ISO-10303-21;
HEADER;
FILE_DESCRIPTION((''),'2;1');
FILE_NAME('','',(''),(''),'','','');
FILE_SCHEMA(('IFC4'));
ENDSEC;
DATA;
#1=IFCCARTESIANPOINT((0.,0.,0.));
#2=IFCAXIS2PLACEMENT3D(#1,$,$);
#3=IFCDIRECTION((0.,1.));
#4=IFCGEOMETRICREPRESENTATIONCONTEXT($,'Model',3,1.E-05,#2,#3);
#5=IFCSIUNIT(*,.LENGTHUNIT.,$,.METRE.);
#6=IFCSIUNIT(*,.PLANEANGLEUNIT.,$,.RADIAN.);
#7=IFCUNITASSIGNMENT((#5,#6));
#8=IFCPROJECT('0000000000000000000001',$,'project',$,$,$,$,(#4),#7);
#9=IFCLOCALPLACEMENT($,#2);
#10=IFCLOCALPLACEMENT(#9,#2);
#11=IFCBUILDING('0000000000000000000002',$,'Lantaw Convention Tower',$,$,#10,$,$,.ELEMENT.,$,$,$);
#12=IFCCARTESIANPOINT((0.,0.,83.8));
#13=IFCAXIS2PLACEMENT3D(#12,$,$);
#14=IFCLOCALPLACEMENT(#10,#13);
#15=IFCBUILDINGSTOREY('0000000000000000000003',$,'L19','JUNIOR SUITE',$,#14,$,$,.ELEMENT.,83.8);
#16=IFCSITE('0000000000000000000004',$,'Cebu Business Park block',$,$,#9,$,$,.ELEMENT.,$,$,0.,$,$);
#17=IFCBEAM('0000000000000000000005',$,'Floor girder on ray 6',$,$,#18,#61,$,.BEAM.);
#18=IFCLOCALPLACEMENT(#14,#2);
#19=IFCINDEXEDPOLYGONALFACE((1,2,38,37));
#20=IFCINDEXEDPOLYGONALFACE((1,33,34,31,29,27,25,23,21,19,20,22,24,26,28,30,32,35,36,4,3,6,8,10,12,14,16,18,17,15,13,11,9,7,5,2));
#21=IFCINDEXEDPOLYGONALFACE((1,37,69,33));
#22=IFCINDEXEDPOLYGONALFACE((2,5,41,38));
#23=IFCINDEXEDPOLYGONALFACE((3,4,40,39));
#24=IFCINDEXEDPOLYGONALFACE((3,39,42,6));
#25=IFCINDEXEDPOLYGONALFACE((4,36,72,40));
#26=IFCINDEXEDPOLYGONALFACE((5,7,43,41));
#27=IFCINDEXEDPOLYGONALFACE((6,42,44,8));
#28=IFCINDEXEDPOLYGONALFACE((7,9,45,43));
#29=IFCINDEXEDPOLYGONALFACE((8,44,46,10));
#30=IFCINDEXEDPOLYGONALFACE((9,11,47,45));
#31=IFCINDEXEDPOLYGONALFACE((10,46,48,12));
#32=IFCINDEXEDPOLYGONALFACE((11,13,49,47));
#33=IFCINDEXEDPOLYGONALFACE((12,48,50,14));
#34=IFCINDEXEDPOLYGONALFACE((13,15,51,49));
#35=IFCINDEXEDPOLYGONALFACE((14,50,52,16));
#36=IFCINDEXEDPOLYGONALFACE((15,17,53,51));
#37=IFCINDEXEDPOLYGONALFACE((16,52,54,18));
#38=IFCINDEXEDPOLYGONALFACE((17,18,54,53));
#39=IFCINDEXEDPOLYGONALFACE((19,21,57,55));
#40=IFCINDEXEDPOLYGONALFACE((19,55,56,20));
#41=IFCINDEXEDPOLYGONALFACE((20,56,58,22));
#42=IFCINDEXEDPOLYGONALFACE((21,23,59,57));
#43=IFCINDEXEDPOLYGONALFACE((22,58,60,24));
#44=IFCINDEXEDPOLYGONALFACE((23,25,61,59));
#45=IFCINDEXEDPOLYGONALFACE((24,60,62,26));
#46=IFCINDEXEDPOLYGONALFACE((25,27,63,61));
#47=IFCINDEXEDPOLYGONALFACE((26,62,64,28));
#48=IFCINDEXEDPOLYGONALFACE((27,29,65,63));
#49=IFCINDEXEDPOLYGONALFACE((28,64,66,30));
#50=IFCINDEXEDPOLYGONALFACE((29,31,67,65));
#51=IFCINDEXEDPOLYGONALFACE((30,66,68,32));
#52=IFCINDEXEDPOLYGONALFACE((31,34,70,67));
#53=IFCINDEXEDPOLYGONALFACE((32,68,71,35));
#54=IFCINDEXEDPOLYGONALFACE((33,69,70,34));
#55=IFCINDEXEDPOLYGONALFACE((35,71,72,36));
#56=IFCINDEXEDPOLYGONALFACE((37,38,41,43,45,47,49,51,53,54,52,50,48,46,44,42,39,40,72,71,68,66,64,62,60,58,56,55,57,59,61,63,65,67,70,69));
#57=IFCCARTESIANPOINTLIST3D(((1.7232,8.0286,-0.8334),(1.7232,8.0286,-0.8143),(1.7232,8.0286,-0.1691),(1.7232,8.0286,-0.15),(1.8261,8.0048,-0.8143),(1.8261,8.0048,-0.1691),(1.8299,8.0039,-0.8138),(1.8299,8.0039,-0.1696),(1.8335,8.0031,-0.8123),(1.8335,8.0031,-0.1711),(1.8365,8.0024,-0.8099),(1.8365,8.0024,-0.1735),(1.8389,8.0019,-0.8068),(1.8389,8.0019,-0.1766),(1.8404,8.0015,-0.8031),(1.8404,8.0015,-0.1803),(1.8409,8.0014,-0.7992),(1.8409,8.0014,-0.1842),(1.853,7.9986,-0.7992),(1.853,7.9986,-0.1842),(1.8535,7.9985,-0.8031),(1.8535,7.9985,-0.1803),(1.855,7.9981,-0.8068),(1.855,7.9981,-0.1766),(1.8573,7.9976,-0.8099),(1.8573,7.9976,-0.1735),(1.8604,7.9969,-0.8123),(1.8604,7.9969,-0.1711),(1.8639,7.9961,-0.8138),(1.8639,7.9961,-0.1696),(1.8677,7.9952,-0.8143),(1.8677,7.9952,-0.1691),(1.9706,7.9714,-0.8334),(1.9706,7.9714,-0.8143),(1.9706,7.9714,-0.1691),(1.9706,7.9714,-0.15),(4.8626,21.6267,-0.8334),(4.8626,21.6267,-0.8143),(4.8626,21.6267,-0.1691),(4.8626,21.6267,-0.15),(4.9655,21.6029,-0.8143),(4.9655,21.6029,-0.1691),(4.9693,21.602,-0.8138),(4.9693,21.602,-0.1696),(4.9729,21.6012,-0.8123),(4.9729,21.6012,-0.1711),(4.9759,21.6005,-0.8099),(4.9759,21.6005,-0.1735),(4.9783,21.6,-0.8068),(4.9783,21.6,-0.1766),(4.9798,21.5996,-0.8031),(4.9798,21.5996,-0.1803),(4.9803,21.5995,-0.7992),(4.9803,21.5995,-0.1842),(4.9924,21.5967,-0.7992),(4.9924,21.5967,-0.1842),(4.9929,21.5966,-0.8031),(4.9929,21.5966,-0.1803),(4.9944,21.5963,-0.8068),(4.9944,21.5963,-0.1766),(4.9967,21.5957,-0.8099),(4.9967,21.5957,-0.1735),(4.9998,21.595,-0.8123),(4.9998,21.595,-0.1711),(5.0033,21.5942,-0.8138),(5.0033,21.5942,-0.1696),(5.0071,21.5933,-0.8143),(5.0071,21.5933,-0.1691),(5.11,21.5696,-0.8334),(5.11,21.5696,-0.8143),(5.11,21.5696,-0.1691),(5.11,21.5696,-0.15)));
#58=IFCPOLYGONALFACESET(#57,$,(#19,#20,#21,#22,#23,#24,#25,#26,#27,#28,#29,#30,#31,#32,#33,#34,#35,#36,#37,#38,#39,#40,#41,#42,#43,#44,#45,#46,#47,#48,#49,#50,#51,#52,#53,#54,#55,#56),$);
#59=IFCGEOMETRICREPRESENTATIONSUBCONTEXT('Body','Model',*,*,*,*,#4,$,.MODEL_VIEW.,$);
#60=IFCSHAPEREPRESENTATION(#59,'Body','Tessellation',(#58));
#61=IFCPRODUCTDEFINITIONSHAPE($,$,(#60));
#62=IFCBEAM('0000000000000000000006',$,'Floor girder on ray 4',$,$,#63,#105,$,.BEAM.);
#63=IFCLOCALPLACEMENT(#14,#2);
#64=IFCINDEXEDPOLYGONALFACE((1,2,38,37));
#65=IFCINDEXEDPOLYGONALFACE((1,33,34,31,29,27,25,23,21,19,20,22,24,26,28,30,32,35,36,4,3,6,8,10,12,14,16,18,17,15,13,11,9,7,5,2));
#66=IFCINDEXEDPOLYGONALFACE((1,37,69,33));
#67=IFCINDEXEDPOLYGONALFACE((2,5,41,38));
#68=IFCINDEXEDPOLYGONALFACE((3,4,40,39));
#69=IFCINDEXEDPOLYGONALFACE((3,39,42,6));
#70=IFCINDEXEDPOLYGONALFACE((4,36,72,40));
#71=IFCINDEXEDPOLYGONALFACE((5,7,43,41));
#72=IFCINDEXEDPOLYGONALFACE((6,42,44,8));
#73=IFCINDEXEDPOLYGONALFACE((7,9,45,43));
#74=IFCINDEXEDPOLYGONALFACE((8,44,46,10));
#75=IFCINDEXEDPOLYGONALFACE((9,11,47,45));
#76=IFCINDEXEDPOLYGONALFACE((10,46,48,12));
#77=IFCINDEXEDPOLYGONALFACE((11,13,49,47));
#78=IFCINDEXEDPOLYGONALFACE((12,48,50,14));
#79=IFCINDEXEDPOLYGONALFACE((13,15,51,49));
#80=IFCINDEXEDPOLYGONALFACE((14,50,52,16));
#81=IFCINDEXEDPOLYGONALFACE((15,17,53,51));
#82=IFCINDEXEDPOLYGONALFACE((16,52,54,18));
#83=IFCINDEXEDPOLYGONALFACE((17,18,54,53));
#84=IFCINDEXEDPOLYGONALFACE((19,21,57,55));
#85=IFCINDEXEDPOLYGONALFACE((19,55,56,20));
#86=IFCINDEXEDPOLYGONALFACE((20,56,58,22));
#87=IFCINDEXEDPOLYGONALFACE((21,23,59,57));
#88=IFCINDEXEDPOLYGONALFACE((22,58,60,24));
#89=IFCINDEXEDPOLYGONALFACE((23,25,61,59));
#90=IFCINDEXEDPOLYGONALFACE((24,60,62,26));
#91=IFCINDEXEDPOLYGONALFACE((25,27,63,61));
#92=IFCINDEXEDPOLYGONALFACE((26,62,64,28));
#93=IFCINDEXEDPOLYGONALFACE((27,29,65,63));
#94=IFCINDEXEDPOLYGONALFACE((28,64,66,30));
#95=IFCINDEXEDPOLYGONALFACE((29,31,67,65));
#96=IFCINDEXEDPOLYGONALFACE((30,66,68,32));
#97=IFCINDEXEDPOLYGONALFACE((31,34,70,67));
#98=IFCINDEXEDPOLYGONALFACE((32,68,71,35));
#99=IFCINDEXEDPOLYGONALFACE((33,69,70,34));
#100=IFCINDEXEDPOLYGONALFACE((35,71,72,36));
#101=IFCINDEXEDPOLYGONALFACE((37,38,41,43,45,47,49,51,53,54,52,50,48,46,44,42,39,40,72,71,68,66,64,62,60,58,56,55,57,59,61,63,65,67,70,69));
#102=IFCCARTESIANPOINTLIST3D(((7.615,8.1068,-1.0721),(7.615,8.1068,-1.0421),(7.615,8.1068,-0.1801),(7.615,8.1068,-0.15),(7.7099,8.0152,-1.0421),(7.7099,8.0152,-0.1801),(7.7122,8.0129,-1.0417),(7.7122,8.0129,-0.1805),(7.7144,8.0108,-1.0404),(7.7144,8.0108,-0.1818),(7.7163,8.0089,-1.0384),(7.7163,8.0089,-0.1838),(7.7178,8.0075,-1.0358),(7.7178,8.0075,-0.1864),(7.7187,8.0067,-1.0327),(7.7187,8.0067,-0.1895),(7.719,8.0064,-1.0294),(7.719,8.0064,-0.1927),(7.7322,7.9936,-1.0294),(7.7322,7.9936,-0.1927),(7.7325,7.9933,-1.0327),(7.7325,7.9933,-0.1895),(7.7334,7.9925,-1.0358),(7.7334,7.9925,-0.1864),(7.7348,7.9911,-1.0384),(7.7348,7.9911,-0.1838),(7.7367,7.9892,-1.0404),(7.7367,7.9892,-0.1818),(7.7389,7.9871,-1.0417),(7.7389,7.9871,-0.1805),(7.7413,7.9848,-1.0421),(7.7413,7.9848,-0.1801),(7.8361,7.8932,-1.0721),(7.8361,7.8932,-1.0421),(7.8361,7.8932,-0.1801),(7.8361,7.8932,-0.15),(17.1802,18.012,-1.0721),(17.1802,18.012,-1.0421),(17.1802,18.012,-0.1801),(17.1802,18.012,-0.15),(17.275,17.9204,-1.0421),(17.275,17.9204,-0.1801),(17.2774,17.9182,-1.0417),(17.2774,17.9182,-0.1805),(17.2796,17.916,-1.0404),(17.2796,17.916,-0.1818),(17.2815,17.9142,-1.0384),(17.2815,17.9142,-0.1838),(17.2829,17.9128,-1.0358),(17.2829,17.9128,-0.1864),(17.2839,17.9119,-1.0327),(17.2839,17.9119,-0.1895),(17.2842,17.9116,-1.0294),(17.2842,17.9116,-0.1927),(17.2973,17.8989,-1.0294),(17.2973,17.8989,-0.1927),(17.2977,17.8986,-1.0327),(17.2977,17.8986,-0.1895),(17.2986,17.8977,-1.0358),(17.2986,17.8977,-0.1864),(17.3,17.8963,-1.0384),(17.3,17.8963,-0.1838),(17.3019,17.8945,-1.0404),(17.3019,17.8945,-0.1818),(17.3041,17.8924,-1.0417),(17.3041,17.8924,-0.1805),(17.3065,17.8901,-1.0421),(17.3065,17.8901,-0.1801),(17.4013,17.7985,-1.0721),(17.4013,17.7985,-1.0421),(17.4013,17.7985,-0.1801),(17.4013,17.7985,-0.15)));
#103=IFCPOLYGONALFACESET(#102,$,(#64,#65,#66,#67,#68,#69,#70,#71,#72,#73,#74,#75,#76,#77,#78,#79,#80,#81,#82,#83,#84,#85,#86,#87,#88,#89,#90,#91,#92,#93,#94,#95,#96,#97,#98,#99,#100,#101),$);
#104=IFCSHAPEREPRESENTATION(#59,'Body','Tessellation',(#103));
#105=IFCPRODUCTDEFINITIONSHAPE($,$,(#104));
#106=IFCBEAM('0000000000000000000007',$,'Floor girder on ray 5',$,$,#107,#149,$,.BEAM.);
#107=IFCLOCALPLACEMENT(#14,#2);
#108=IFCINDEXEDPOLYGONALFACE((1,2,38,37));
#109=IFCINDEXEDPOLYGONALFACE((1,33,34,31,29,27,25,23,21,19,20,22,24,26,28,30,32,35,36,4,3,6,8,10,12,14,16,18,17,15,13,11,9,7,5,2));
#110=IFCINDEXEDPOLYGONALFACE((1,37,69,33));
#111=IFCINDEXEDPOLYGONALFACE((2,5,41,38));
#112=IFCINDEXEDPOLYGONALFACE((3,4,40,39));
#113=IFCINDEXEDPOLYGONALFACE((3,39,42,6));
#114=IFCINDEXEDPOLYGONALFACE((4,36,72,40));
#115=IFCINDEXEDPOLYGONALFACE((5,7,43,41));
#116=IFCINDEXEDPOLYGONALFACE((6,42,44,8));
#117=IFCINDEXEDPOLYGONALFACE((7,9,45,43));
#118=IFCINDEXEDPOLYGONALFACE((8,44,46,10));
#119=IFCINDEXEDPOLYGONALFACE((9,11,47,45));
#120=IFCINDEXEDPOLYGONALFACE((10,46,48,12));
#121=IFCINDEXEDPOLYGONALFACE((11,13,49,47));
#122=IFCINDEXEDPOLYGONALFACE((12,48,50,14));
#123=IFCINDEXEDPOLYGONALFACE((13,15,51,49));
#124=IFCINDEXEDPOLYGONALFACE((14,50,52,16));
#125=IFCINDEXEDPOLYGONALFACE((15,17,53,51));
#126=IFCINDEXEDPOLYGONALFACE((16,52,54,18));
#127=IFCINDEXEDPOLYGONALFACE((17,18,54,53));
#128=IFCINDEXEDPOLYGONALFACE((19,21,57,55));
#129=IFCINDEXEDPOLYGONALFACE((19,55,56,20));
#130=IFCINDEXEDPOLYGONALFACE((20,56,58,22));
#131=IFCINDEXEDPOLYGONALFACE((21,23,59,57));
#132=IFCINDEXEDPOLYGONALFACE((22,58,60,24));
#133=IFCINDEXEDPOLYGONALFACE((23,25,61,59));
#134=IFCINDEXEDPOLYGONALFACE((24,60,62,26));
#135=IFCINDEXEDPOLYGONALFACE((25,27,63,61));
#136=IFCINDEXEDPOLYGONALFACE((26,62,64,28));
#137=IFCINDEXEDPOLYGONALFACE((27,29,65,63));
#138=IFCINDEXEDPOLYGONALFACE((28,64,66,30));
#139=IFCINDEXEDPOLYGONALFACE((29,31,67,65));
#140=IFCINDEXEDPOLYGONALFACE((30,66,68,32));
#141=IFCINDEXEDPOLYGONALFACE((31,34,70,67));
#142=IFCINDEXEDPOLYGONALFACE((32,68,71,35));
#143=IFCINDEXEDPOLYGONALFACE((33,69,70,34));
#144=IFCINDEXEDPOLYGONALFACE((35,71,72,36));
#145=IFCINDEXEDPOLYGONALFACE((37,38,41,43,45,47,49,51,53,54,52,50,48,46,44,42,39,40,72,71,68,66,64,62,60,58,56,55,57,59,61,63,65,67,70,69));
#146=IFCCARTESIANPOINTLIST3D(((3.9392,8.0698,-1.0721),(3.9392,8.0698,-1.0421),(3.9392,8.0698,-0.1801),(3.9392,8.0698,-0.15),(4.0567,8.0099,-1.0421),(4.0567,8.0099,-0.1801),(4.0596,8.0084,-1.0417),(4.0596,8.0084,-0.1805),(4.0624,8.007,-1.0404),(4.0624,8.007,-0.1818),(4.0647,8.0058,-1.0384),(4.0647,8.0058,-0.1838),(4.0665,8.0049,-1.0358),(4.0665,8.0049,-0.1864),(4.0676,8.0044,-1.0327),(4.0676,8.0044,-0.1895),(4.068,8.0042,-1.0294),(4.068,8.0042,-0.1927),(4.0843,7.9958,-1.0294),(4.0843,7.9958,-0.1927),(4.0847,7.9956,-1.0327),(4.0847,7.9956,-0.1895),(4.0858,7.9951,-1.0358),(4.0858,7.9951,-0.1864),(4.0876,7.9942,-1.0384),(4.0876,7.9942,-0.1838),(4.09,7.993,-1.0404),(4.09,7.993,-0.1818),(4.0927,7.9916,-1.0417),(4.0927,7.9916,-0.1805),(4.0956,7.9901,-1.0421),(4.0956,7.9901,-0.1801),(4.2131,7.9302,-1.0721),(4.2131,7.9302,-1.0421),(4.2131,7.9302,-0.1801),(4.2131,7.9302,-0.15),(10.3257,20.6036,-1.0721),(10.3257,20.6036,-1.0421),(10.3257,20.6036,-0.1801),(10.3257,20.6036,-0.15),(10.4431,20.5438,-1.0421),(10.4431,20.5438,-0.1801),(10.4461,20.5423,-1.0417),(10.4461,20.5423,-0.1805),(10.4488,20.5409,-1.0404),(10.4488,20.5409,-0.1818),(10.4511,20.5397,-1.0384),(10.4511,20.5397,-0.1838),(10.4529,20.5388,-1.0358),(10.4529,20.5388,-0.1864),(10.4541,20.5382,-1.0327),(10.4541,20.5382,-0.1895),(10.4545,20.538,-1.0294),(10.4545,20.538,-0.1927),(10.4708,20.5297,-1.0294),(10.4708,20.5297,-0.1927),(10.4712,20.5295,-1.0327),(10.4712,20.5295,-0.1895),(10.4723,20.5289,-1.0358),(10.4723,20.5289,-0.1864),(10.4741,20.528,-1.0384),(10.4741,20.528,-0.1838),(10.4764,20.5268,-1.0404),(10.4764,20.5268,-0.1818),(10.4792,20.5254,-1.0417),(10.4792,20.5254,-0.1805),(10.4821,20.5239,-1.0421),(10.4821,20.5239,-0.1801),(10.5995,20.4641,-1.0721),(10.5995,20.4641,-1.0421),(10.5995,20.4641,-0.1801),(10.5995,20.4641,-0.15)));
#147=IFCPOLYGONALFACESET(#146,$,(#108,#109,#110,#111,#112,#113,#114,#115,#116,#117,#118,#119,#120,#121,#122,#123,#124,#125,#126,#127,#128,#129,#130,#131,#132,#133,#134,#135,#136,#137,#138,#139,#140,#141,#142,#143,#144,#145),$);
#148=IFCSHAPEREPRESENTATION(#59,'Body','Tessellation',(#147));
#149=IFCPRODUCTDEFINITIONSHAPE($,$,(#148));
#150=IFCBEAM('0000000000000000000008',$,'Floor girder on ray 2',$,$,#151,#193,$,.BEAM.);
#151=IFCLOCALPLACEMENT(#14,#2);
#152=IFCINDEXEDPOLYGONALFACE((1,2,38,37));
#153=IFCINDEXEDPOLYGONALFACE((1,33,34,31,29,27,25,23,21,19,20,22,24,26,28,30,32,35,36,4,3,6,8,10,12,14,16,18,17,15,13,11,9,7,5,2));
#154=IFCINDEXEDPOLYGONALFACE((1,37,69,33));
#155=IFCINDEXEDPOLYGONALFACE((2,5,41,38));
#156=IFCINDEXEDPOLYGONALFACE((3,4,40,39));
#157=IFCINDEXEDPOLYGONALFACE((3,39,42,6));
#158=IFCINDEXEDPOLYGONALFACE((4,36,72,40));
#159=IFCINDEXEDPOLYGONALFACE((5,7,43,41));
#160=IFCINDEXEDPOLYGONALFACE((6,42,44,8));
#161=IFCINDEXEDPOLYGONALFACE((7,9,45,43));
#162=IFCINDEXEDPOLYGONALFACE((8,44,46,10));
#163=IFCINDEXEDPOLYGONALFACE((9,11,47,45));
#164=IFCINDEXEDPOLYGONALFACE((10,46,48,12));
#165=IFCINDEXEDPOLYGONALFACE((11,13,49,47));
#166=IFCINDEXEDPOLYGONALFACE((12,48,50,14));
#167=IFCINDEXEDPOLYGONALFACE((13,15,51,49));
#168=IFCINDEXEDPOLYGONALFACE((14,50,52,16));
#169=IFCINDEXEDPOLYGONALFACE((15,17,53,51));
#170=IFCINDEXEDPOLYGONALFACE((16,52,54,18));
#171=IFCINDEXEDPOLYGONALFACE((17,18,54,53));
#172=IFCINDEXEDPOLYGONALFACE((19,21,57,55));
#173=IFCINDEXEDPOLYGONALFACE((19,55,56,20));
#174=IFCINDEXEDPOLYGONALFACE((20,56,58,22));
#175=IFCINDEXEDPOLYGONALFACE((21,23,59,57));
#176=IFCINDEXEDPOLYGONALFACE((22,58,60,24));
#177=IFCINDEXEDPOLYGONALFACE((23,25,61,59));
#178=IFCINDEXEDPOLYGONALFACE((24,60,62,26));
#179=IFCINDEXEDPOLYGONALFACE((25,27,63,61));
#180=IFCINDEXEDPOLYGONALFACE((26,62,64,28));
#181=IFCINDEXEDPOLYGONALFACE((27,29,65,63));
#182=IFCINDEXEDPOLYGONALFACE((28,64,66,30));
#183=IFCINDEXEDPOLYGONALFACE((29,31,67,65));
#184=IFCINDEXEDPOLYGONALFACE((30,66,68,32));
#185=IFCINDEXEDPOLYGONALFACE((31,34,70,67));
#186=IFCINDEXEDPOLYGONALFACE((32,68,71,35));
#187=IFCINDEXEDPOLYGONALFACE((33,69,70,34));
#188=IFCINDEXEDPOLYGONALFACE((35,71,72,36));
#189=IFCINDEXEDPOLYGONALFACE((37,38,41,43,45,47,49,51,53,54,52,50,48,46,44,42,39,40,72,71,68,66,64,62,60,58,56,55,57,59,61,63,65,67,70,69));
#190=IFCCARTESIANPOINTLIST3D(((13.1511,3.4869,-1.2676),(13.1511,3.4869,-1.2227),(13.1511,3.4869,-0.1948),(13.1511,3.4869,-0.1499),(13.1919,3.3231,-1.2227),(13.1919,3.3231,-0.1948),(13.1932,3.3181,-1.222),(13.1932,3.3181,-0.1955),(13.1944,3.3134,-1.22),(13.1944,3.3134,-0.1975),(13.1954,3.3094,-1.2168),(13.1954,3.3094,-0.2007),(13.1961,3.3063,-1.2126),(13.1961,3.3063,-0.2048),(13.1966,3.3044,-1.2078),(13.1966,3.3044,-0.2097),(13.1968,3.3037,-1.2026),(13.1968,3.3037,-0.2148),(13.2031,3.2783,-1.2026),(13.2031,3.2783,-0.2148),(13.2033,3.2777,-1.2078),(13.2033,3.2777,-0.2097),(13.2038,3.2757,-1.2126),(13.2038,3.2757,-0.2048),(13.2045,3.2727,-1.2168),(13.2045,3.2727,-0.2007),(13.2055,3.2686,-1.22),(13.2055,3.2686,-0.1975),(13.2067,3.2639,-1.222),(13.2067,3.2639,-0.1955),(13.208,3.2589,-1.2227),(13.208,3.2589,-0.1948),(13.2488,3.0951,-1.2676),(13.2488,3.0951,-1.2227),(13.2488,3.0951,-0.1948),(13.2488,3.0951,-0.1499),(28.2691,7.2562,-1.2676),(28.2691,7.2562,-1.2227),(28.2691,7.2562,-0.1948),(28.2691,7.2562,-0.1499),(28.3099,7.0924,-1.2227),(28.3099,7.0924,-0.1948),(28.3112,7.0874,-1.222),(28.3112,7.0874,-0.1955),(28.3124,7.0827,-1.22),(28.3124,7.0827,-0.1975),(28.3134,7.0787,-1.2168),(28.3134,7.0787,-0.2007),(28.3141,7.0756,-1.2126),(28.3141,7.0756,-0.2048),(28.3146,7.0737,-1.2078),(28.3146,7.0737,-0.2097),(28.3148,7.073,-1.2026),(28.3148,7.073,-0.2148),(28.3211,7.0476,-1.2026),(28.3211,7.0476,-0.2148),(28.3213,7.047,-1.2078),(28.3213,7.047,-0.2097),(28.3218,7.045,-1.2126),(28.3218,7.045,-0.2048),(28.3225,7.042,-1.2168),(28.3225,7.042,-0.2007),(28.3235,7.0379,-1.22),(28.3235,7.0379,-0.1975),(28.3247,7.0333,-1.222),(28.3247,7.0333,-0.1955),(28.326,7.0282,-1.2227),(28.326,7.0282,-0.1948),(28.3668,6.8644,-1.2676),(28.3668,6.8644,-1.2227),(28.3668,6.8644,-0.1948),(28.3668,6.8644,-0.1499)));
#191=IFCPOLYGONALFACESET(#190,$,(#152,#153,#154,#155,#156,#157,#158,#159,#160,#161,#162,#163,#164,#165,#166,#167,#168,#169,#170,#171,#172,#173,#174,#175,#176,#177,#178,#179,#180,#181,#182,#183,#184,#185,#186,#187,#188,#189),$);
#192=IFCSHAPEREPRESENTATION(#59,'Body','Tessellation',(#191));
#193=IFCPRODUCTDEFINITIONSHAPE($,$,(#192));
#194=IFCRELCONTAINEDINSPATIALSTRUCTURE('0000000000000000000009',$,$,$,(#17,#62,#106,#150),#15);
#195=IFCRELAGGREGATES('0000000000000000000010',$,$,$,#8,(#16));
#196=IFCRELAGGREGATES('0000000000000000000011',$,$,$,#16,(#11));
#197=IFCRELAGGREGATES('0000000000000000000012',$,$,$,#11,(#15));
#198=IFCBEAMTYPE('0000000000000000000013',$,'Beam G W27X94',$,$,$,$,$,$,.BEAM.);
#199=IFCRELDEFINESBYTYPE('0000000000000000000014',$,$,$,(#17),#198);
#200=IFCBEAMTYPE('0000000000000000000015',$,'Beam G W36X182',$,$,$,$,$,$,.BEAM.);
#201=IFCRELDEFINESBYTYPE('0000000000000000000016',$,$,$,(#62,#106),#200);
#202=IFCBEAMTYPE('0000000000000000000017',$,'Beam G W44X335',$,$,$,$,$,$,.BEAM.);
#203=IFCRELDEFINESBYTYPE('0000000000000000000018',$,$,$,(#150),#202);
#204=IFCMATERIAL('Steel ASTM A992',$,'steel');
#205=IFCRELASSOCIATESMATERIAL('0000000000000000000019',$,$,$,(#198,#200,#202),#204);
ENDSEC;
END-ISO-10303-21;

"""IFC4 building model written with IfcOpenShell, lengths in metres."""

from ifc_helpers import new_model, si_unit, direction, frame, origin, origin_2d, place, context, subcontext, project, spatial, i_section, extrude, material, material_profile, profile_set, type_object, element, save


model = new_model("IFC4")

# Units and contexts
model_context = context("Model", 3, precision=1e-05, world=origin(), true_north=direction((0.0, 1.0)))
body_context = subcontext(model_context, "Body", "Model", "MODEL_VIEW")
ifc_project = project(units=[si_unit("LENGTHUNIT", "METRE"), si_unit("PLANEANGLEUNIT", "RADIAN")], contexts=[model_context])

# Site, building, storey
site_placement = place(None, origin())
site = spatial("IfcSite", under=ifc_project, at=site_placement, Name="Cebu Business Park block", CompositionType="ELEMENT", RefElevation=0.0)
building_placement = place(site_placement, origin())
building = spatial("IfcBuilding", under=site, at=building_placement, Name="Lantaw Convention Tower", CompositionType="ELEMENT")
storey_placement = place(building_placement, frame((0.0, 0.0, 83.8)))
storey = spatial("IfcBuildingStorey", under=building, at=storey_placement, Name="L19", Description="JUNIOR SUITE", CompositionType="ELEMENT", Elevation=83.8)

# Beams
ifc_material_1 = material(Name="Steel ASTM A992", Category="steel")
ifc_material_profile_1 = material_profile(ifc_material_1, i_section(OverallWidth=0.2539, OverallDepth=0.6833, WebThickness=0.0125, FlangeThickness=0.019, FilletRadius=0.0151, at=origin_2d()), Name="W27X94")
ifc_profile_set_1 = profile_set([ifc_material_profile_1], Name="Steel ASTM A992")
beam_type_1 = type_object("IfcBeamType", Name="Beam G W27X94", PredefinedType="BEAM", material=ifc_profile_set_1)
beam_1_placement = place(storey_placement, frame((1.8469, 8.0, -0.4917), z_axis=(0.224953, 0.97437, 0.0), x_axis=(-0.97437, 0.224953, 0.0)))
element("IfcBeam", 1, at=beam_1_placement, inside=storey, type_object=beam_type_1, Name="Floor girder on ray 6", PredefinedType="BEAM", context=body_context, shape_type="SweptSolid", body=[
    extrude(i_section(OverallWidth=0.2539, OverallDepth=0.6833, WebThickness=0.0125, FlangeThickness=0.019, FilletRadius=0.0151, at=origin_2d()), origin(), (0.0, 0.0, 1.0), 13.9558),
])
ifc_material_profile_2 = material_profile(ifc_material_1, i_section(OverallWidth=0.3074, OverallDepth=0.9221, WebThickness=0.0183, FlangeThickness=0.03, FilletRadius=0.0127, at=origin_2d()), Name="W36X182")
ifc_profile_set_2 = profile_set([ifc_material_profile_2], Name="Steel ASTM A992")
beam_type_2 = type_object("IfcBeamType", Name="Beam G W36X182", PredefinedType="BEAM", material=ifc_profile_set_2)
beam_2_placement = place(storey_placement, frame((7.7256, 8.0, -0.6111), z_axis=(0.69465, 0.719348, 0.0), x_axis=(-0.719348, 0.69465, 0.0)))
element("IfcBeam", 2, at=beam_2_placement, inside=storey, type_object=beam_type_2, Name="Floor girder on ray 4", PredefinedType="BEAM", context=body_context, shape_type="SweptSolid", body=[
    extrude(i_section(OverallWidth=0.3074, OverallDepth=0.9221, WebThickness=0.0183, FlangeThickness=0.03, FilletRadius=0.0127, at=origin_2d()), origin(), (0.0, 0.0, 1.0), 13.7698),
])
beam_3_placement = place(storey_placement, frame((4.0762, 8.0, -0.6111), z_axis=(0.453997, 0.891003, 0.0), x_axis=(-0.891003, 0.453997, 0.0)))
element("IfcBeam", 3, at=beam_3_placement, inside=storey, type_object=beam_type_2, Name="Floor girder on ray 5", PredefinedType="BEAM", context=body_context, shape_type="SweptSolid", body=[
    extrude(i_section(OverallWidth=0.3074, OverallDepth=0.9221, WebThickness=0.0183, FlangeThickness=0.03, FilletRadius=0.0127, at=origin_2d()), origin(), (0.0, 0.0, 1.0), 14.0671),
])
ifc_material_profile_3 = material_profile(ifc_material_1, i_section(OverallWidth=0.4038, OverallDepth=1.1177, WebThickness=0.0261, FlangeThickness=0.0449, FilletRadius=0.02, at=origin_2d()), Name="W44X335")
ifc_profile_set_3 = profile_set([ifc_material_profile_3], Name="Steel ASTM A992")
beam_type_3 = type_object("IfcBeamType", Name="Beam G W44X335", PredefinedType="BEAM", material=ifc_profile_set_3)
beam_4_placement = place(storey_placement, frame((13.2, 3.291, -0.7087), z_axis=(0.970296, 0.24192, 0.0), x_axis=(-0.24192, 0.970296, 0.0)))
element("IfcBeam", 4, at=beam_4_placement, inside=storey, type_object=beam_type_3, Name="Floor girder on ray 2", PredefinedType="BEAM", context=body_context, shape_type="SweptSolid", body=[
    extrude(i_section(OverallWidth=0.4038, OverallDepth=1.1177, WebThickness=0.0261, FlangeThickness=0.0449, FilletRadius=0.02, at=origin_2d()), origin(), (0.0, 0.0, 1.0), 15.5808),
])

save(model, "model.ifc")
